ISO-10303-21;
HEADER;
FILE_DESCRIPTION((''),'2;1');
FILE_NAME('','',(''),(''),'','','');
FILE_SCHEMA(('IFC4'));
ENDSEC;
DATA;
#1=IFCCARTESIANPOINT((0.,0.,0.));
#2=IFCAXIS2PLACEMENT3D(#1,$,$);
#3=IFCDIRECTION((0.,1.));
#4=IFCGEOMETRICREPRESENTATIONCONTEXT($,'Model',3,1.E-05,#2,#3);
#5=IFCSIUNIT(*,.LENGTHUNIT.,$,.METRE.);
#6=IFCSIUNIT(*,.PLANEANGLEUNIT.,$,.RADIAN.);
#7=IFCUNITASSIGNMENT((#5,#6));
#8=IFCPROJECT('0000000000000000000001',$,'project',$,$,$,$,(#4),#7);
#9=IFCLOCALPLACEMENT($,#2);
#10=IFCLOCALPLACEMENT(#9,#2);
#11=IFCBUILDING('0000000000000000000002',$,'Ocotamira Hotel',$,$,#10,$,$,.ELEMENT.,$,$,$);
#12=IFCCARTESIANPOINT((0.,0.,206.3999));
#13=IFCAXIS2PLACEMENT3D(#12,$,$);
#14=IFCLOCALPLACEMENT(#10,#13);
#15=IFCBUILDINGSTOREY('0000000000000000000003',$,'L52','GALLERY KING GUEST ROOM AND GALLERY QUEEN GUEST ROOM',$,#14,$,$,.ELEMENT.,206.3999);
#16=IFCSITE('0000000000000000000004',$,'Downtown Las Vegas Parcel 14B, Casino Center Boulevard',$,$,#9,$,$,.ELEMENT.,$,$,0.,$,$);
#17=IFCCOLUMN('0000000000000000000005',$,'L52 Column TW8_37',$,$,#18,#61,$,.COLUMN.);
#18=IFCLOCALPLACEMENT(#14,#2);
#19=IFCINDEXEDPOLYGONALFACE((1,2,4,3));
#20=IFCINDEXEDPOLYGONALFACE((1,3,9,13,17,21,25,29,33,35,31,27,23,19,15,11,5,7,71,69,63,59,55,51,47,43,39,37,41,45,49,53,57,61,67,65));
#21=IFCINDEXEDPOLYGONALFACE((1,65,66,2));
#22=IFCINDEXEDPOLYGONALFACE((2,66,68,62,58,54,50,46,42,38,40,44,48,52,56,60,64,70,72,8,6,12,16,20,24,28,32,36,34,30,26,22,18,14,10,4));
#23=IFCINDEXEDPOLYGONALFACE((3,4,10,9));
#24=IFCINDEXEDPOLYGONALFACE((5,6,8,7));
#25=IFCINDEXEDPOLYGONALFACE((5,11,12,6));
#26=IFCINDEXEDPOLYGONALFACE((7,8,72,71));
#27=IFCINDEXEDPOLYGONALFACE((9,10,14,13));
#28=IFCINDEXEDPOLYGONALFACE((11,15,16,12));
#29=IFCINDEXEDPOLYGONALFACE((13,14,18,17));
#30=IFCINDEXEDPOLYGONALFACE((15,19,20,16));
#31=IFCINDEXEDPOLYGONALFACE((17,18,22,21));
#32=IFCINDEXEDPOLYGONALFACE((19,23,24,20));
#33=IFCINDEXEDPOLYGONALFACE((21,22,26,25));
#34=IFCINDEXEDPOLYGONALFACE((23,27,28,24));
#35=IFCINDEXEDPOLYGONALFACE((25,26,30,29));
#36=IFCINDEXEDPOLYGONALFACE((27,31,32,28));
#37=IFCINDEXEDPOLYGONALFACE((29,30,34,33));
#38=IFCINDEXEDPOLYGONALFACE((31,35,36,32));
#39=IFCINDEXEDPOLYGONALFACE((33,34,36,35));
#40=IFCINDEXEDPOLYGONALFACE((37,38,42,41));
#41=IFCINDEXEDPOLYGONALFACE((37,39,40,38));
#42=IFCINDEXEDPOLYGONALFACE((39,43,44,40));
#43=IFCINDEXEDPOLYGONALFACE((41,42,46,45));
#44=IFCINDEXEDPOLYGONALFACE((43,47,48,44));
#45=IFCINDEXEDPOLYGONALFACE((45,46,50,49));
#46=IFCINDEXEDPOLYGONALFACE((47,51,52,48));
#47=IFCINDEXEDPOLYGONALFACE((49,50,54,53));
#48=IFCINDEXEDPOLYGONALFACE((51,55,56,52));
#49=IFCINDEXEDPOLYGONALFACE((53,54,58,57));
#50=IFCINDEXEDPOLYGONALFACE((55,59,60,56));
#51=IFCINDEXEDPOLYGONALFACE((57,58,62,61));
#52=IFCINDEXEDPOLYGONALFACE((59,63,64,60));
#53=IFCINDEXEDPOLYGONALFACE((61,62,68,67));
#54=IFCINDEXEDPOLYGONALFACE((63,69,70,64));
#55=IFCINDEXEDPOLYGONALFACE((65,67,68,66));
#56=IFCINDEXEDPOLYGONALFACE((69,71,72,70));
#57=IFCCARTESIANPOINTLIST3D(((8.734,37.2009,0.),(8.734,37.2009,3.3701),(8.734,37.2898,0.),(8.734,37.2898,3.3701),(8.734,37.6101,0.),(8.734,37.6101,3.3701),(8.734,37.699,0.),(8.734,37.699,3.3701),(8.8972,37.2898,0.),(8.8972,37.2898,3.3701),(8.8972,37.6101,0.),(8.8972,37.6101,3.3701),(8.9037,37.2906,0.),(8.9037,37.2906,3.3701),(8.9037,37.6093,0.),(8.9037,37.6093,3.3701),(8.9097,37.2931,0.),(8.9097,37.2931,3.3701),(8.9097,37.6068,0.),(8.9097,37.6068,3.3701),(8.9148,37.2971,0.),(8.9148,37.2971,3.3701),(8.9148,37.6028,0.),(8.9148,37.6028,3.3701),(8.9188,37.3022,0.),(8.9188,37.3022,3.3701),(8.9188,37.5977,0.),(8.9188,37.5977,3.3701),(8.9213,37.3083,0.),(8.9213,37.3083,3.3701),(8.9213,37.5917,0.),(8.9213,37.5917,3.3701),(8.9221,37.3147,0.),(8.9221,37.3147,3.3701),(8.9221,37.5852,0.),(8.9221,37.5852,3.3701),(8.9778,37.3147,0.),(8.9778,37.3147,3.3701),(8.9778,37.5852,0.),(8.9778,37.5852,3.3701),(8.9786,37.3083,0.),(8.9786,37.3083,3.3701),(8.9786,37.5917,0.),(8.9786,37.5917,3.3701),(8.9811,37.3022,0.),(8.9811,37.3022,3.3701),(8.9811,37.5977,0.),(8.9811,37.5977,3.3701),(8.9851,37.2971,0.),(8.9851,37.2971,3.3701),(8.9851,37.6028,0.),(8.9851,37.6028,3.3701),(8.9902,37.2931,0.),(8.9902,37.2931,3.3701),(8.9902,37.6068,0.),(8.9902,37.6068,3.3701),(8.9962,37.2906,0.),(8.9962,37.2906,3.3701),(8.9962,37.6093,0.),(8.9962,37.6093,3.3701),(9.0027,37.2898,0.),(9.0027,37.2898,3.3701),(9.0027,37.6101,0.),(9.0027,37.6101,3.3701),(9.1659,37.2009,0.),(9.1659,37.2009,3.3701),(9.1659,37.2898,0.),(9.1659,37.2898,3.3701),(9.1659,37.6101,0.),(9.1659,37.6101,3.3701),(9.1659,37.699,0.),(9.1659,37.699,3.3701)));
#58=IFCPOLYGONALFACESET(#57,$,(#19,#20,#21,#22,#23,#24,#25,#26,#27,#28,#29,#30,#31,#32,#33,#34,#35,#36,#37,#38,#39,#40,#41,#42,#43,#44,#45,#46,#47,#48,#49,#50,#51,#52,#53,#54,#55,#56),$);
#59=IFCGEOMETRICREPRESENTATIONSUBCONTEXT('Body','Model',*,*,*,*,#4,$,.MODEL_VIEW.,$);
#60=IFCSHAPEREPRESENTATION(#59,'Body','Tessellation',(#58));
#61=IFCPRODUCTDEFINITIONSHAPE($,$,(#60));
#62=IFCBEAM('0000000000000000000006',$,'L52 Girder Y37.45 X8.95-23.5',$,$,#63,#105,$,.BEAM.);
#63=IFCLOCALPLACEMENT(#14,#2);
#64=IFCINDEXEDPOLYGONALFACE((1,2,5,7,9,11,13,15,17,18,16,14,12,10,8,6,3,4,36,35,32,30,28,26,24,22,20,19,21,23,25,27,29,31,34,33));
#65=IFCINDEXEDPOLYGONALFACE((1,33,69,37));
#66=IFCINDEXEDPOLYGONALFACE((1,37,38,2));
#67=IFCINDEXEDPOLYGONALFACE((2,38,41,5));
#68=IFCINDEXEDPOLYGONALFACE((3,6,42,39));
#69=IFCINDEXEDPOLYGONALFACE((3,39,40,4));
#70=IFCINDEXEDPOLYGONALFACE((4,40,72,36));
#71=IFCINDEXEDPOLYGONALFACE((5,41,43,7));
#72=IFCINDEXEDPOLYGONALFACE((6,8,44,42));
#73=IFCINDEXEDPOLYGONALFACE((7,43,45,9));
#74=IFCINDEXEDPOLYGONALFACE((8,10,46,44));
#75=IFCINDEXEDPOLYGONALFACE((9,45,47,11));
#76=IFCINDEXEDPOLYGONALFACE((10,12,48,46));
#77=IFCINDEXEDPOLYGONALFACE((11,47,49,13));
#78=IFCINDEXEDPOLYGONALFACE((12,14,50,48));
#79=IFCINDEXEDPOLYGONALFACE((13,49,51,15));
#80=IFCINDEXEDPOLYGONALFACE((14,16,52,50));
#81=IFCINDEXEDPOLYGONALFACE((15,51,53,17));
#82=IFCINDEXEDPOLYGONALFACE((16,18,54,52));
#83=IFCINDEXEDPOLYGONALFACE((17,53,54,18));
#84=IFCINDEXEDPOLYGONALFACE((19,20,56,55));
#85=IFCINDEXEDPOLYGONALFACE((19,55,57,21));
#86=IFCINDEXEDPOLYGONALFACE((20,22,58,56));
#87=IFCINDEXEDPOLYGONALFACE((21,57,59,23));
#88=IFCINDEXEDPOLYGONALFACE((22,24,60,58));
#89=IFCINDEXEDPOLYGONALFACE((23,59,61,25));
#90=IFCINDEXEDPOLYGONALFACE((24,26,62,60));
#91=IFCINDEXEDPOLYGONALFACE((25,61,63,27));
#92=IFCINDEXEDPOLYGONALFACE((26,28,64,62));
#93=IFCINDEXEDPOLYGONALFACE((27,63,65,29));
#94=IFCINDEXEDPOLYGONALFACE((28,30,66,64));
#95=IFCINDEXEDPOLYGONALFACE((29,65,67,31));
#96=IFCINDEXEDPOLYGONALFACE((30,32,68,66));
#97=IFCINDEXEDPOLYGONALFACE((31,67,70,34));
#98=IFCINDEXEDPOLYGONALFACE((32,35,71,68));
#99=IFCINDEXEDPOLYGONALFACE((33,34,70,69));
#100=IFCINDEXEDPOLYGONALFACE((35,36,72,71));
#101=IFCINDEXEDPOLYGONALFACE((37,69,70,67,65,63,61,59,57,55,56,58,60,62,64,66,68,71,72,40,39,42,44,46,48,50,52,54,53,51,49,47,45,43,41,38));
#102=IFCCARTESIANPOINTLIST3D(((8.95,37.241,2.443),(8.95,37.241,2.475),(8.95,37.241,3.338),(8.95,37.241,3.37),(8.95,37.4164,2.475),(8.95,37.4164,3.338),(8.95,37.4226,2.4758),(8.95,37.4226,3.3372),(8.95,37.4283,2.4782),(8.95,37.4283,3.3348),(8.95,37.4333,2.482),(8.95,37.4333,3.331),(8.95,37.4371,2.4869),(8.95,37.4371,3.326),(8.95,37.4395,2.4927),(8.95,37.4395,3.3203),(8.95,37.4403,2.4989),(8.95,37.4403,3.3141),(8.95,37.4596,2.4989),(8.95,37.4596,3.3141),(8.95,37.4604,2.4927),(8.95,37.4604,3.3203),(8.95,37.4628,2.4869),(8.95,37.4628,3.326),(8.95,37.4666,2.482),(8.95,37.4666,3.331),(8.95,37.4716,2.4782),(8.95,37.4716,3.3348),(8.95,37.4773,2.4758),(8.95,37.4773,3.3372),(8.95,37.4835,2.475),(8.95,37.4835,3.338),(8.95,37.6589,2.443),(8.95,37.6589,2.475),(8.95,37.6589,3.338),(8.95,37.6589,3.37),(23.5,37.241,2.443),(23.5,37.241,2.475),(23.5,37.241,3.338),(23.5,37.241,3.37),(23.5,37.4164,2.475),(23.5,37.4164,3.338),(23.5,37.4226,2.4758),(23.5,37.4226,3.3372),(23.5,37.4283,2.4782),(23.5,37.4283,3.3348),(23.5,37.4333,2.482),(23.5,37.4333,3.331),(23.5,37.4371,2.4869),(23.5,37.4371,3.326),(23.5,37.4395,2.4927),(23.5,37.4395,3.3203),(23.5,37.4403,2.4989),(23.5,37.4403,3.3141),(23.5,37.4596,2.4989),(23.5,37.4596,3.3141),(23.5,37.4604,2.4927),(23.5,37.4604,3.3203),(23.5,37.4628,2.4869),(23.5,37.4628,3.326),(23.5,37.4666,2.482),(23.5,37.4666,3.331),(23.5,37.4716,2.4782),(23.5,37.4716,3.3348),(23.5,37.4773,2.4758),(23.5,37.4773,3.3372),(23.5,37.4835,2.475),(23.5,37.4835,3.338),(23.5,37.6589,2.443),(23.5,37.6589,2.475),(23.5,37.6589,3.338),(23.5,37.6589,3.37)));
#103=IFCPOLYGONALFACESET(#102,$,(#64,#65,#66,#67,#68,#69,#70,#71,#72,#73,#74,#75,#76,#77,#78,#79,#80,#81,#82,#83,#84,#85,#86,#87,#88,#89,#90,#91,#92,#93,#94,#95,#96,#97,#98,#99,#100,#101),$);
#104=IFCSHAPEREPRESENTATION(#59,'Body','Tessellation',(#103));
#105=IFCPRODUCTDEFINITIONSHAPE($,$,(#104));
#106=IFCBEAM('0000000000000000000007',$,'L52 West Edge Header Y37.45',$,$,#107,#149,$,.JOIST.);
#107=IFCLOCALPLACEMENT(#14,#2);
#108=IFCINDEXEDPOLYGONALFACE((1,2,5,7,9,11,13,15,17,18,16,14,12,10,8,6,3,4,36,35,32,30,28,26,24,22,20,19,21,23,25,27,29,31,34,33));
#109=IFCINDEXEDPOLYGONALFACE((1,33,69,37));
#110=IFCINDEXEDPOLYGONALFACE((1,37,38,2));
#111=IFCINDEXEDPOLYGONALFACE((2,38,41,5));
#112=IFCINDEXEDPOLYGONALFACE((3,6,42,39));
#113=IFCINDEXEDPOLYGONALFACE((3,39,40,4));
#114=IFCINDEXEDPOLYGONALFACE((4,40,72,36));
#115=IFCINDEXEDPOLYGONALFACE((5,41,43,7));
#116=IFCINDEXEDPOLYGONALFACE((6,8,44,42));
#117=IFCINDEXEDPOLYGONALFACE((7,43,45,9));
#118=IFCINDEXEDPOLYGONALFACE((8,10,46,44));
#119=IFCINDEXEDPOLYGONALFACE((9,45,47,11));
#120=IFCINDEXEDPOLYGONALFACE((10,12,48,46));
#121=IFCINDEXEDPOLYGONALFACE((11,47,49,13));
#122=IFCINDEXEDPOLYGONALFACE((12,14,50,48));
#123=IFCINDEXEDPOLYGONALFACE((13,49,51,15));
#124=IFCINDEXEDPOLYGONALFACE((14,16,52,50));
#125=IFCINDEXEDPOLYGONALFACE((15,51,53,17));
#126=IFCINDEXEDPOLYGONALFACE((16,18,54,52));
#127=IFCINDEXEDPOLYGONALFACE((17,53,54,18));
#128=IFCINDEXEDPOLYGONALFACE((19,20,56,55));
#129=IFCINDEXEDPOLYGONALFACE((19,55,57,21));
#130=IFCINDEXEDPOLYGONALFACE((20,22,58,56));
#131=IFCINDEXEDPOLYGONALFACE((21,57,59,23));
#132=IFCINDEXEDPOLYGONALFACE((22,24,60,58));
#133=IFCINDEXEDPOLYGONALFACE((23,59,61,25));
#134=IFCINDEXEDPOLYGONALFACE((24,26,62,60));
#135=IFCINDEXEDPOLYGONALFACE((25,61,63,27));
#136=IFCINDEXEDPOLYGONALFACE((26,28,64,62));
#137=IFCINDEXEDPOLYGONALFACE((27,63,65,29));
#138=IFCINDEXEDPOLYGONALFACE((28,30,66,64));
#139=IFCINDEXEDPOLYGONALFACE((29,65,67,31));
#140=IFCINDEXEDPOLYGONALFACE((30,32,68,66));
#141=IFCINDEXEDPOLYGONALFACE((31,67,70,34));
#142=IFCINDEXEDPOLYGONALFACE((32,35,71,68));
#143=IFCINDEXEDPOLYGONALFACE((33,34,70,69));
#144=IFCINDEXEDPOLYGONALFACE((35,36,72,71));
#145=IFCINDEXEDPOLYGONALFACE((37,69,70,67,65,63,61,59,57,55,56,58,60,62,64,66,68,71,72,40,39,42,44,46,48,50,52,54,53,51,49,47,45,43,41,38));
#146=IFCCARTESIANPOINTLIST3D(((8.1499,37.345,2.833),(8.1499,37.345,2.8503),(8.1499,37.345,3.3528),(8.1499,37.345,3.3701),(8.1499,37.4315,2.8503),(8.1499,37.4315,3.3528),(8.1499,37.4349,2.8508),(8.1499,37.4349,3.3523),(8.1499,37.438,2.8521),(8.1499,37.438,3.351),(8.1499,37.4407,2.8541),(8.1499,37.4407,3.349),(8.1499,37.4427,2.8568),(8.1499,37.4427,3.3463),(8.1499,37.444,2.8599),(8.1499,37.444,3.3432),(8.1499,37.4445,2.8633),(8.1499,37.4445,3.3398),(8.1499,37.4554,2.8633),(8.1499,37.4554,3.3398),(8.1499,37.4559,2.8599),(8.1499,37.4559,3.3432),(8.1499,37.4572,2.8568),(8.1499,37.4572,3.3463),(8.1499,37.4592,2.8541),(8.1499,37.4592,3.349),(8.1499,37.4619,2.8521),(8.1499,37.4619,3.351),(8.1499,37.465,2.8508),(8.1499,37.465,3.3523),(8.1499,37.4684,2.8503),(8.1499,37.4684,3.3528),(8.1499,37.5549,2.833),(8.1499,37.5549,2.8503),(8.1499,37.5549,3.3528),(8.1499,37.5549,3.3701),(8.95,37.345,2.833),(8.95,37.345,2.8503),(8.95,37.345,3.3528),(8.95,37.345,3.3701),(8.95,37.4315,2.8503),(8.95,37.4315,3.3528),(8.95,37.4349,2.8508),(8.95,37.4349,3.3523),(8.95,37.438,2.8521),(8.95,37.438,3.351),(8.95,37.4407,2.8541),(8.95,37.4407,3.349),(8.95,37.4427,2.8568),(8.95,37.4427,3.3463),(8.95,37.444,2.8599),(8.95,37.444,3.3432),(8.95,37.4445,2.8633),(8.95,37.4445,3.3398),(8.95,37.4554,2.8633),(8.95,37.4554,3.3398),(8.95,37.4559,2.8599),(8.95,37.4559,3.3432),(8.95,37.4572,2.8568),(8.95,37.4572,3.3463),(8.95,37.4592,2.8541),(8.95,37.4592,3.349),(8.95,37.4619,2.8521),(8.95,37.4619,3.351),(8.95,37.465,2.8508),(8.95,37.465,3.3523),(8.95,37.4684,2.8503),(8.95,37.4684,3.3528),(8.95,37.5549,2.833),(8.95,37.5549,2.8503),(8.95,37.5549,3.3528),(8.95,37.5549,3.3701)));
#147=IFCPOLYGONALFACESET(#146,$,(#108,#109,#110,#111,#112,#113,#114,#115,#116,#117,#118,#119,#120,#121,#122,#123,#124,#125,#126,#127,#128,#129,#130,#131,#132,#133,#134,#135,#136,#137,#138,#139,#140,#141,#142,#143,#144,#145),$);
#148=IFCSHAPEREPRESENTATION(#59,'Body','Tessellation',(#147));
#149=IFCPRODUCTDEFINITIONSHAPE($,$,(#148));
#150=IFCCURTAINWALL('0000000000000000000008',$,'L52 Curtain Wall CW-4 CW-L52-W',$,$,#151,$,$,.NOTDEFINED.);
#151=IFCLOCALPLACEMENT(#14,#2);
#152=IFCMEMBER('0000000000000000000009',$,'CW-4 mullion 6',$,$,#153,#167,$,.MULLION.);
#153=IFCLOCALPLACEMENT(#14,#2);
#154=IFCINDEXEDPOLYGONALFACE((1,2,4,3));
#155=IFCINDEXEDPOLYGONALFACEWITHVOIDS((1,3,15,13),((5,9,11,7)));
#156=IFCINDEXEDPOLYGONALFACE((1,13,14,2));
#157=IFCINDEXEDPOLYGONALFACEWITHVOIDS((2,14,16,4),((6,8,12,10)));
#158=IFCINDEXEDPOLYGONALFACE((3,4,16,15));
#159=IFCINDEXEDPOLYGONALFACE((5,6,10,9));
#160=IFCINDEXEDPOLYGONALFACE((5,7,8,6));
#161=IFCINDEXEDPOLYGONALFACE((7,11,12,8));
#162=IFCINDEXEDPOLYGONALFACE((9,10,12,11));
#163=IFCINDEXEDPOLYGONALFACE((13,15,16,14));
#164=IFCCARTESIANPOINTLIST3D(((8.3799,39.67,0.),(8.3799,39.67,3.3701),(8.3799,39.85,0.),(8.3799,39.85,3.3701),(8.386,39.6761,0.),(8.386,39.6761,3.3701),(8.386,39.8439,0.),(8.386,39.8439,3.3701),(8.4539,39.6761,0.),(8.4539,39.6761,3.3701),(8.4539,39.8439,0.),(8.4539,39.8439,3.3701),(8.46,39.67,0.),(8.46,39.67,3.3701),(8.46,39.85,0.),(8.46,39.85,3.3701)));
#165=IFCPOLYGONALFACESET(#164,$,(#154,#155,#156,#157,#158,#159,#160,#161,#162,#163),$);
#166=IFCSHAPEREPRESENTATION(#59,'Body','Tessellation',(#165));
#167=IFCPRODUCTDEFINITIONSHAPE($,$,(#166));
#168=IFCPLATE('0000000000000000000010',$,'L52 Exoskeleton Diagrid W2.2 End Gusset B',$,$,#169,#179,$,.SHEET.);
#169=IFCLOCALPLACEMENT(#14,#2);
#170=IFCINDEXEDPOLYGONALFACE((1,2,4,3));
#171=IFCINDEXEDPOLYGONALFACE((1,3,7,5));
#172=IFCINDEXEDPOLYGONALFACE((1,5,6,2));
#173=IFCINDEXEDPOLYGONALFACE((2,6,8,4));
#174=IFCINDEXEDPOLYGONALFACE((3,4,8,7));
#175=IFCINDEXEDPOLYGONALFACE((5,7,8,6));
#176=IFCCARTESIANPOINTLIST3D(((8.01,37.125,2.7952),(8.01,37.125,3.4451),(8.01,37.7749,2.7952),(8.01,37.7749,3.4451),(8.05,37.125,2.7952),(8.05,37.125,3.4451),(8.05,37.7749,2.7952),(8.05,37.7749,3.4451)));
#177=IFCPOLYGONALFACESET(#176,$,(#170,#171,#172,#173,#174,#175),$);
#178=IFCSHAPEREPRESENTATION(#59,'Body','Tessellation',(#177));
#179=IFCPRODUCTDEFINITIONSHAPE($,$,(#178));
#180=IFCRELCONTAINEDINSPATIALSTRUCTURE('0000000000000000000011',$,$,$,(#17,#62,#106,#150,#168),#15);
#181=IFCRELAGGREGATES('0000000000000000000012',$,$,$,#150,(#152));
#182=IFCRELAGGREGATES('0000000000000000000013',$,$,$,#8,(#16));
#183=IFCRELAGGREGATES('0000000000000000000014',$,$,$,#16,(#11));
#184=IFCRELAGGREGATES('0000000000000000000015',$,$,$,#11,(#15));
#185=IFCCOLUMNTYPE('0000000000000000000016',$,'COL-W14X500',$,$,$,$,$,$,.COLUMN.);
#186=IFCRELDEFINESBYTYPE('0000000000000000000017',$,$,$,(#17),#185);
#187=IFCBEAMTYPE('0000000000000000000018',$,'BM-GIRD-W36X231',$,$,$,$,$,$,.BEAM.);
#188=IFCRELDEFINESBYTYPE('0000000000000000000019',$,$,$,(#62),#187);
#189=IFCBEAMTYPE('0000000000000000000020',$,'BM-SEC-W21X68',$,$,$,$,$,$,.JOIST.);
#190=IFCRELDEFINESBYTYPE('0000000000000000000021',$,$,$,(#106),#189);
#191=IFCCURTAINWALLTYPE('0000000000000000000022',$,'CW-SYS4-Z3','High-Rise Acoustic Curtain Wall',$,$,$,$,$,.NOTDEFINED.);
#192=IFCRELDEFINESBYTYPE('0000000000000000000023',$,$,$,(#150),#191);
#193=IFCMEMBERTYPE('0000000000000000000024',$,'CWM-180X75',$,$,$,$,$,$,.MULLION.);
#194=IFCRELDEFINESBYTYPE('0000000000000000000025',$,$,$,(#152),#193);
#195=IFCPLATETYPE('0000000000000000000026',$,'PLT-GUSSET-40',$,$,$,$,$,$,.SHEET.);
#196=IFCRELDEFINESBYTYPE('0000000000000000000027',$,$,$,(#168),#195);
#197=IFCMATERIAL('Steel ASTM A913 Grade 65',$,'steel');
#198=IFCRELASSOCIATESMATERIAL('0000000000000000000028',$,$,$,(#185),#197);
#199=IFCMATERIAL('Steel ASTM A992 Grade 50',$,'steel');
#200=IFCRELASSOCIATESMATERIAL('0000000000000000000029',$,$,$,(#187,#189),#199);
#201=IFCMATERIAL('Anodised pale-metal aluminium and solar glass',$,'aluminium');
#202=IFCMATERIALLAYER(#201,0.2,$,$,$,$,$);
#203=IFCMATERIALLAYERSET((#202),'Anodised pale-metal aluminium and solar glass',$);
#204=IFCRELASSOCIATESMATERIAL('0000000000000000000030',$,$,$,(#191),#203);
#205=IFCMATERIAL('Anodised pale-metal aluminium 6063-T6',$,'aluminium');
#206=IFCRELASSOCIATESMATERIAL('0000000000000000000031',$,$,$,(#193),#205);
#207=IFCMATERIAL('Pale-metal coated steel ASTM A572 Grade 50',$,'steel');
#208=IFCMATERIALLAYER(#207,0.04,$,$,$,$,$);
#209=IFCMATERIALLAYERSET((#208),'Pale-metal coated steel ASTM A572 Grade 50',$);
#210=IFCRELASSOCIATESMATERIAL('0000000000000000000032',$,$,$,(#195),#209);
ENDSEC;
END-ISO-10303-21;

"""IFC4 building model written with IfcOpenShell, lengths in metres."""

from ifc_helpers import new_model, si_unit, direction, frame, origin, origin_2d, place, context, subcontext, project, spatial, rectangle, hollow_rectangle, i_section, extrude, source, transform, mapped, material, layer, layer_set, material_profile, profile_set, type_object, element, aggregate, save


model = new_model("IFC4")

# Units and contexts
model_context = context("Model", 3, precision=1e-05, world=origin(), true_north=direction((0.0, 1.0)))
body_context = subcontext(model_context, "Body", "Model", "MODEL_VIEW")
ifc_project = project(units=[si_unit("LENGTHUNIT", "METRE"), si_unit("PLANEANGLEUNIT", "RADIAN")], contexts=[model_context])

# Site, building, storey
site_placement = place(None, origin())
site = spatial("IfcSite", under=ifc_project, at=site_placement, Name="Downtown Las Vegas Parcel 14B, Casino Center Boulevard", CompositionType="ELEMENT", RefElevation=0.0)
building_placement = place(site_placement, origin())
building = spatial("IfcBuilding", under=site, at=building_placement, Name="Ocotamira Hotel", CompositionType="ELEMENT")
storey_placement = place(building_placement, frame((0.0, 0.0, 206.3999)))
storey = spatial("IfcBuildingStorey", under=building, at=storey_placement, Name="L52", Description="GALLERY KING GUEST ROOM AND GALLERY QUEEN GUEST ROOM", CompositionType="ELEMENT", Elevation=206.3999)

# Column
ifc_material_1 = material(Name="Steel ASTM A913 Grade 65", Category="steel")
ifc_material_profile_1 = material_profile(ifc_material_1, i_section(OverallWidth=0.4319, OverallDepth=0.498, WebThickness=0.0557, FlangeThickness=0.0889, FilletRadius=0.0249, at=origin_2d()), Name="W14X500")
ifc_profile_set_1 = profile_set([ifc_material_profile_1], Name="Steel ASTM A913 Grade 65")
column_type = type_object("IfcColumnType", Name="COL-W14X500", PredefinedType="COLUMN", material=ifc_profile_set_1)
shared_shape_1 = source(origin(), body_context, "Body", "SweptSolid", [
    extrude(i_section(OverallWidth=0.4319, OverallDepth=0.498, WebThickness=0.0557, FlangeThickness=0.0889, FilletRadius=0.0249, at=origin_2d()), origin(), (0.0, 0.0, 1.0), 3.3701),
])
column_placement = place(storey_placement, frame((8.95, 37.45, 0.0), z_axis=(0.0, 0.0, 1.0), x_axis=(1.0, 0.0, 0.0)))
element("IfcColumn", 1, at=column_placement, inside=storey, type_object=column_type, Name="L52 Column TW8_37", PredefinedType="COLUMN", context=body_context, shape_type="MappedRepresentation", body=[
    mapped(shared_shape_1, transform((0.0, 0.0, 0.0), scale=1.0)),
])

# Beams
ifc_material_2 = material(Name="Steel ASTM A992 Grade 50", Category="steel")
ifc_material_profile_2 = material_profile(ifc_material_2, i_section(OverallWidth=0.418, OverallDepth=0.927, WebThickness=0.0193, FlangeThickness=0.032, FilletRadius=0.0239, at=origin_2d()), Name="W36X231")
ifc_profile_set_2 = profile_set([ifc_material_profile_2], Name="Steel ASTM A992 Grade 50")
beam_type_1 = type_object("IfcBeamType", Name="BM-GIRD-W36X231", PredefinedType="BEAM", material=ifc_profile_set_2)
shared_shape_2 = source(origin(), body_context, "Body", "SweptSolid", [
    extrude(i_section(OverallWidth=0.418, OverallDepth=0.927, WebThickness=0.0193, FlangeThickness=0.032, FilletRadius=0.0239, at=origin_2d()), origin(), (0.0, 0.0, 1.0), 14.55),
])
beam_1_placement = place(storey_placement, frame((8.95, 37.45, 2.9065), z_axis=(1.0, 0.0, 0.0), x_axis=(0.0, 1.0, 0.0)))
element("IfcBeam", 2, at=beam_1_placement, inside=storey, type_object=beam_type_1, Name="L52 Girder Y37.45 X8.95-23.5", PredefinedType="BEAM", context=body_context, shape_type="MappedRepresentation", body=[
    mapped(shared_shape_2, transform((0.0, 0.0, 0.0), scale=1.0)),
])
ifc_material_profile_3 = material_profile(ifc_material_2, i_section(OverallWidth=0.21, OverallDepth=0.5371, WebThickness=0.011, FlangeThickness=0.0173, FilletRadius=0.0129, at=origin_2d()), Name="W21X68")
ifc_profile_set_3 = profile_set([ifc_material_profile_3], Name="Steel ASTM A992 Grade 50")
beam_type_2 = type_object("IfcBeamType", Name="BM-SEC-W21X68", PredefinedType="JOIST", material=ifc_profile_set_3)
shared_shape_3 = source(origin(), body_context, "Body", "SweptSolid", [
    extrude(i_section(OverallWidth=0.21, OverallDepth=0.5371, WebThickness=0.011, FlangeThickness=0.0173, FilletRadius=0.0129, at=origin_2d()), origin(), (0.0, 0.0, 1.0), 0.8),
])
beam_2_placement = place(storey_placement, frame((8.95, 37.45, 3.1016), z_axis=(-1.0, 0.0, 0.0), x_axis=(0.0, -1.0, 0.0)))
element("IfcBeam", 3, at=beam_2_placement, inside=storey, type_object=beam_type_2, Name="L52 West Edge Header Y37.45", PredefinedType="JOIST", context=body_context, shape_type="MappedRepresentation", body=[
    mapped(shared_shape_3, transform((0.0, 0.0, 0.0), scale=1.0)),
])

# Curtain wall, member
ifc_material_3 = material(Name="Anodised pale-metal aluminium and solar glass", Category="aluminium")
ifc_layer_1 = layer(ifc_material_3, 0.2)
ifc_layer_set_1 = layer_set([ifc_layer_1], Name="Anodised pale-metal aluminium and solar glass")
curtain_wall_type = type_object("IfcCurtainWallType", Name="CW-SYS4-Z3", Description="High-Rise Acoustic Curtain Wall", PredefinedType="NOTDEFINED", material=ifc_layer_set_1)
curtain_wall_placement = place(storey_placement, origin())
curtain_wall = element("IfcCurtainWall", 4, at=curtain_wall_placement, inside=storey, type_object=curtain_wall_type, Name="L52 Curtain Wall CW-4 CW-L52-W", PredefinedType="NOTDEFINED")
ifc_material_4 = material(Name="Anodised pale-metal aluminium 6063-T6", Category="aluminium")
ifc_material_profile_4 = material_profile(ifc_material_4, hollow_rectangle(XDim=0.0801, YDim=0.1799, WallThickness=0.0061, at=origin_2d()), Name="HSS180X80X6")
ifc_profile_set_4 = profile_set([ifc_material_profile_4], Name="Anodised pale-metal aluminium 6063-T6")
member_type = type_object("IfcMemberType", Name="CWM-180X75", PredefinedType="MULLION", material=ifc_profile_set_4)
shared_shape_4 = source(origin(), body_context, "Body", "SweptSolid", [
    extrude(hollow_rectangle(XDim=0.0801, YDim=0.1799, WallThickness=0.0061, at=origin_2d()), origin(), (0.0, 0.0, 1.0), 3.3701),
])
member_placement = place(storey_placement, frame((8.4199, 39.76, 0.0), z_axis=(0.0, 0.0, 1.0), x_axis=(-1.0, 0.0, 0.0)))
member = element("IfcMember", 5, at=member_placement, type_object=member_type, Name="CW-4 mullion 6", PredefinedType="MULLION", context=body_context, shape_type="MappedRepresentation", body=[
    mapped(shared_shape_4, transform((0.0, 0.0, 0.0), scale=1.0)),
])

# Plate
ifc_material_5 = material(Name="Pale-metal coated steel ASTM A572 Grade 50", Category="steel")
ifc_layer_2 = layer(ifc_material_5, 0.04)
ifc_layer_set_2 = layer_set([ifc_layer_2], Name="Pale-metal coated steel ASTM A572 Grade 50")
plate_type_1 = type_object("IfcPlateType", Name="PLT-GUSSET-40", PredefinedType="SHEET", material=ifc_layer_set_2)
shared_shape_5 = source(origin(), body_context, "Body", "SweptSolid", [
    extrude(rectangle(XDim=0.04, YDim=0.6499, at=origin_2d()), origin(), (0.0, 0.0, 1.0), 0.6499),
])
plate_1_placement = place(storey_placement, frame((8.03, 37.45, 2.7952), z_axis=(0.0, 0.0, 1.0), x_axis=(1.0, 0.0, 0.0)))
element("IfcPlate", 6, at=plate_1_placement, inside=storey, type_object=plate_type_1, Name="L52 Exoskeleton Diagrid W2.2 End Gusset B", PredefinedType="SHEET", context=body_context, shape_type="MappedRepresentation", body=[
    mapped(shared_shape_5, transform((0.0, 0.0, 0.0), scale=1.0)),
])
aggregate(curtain_wall, [member])

save(model, "model.ifc")
